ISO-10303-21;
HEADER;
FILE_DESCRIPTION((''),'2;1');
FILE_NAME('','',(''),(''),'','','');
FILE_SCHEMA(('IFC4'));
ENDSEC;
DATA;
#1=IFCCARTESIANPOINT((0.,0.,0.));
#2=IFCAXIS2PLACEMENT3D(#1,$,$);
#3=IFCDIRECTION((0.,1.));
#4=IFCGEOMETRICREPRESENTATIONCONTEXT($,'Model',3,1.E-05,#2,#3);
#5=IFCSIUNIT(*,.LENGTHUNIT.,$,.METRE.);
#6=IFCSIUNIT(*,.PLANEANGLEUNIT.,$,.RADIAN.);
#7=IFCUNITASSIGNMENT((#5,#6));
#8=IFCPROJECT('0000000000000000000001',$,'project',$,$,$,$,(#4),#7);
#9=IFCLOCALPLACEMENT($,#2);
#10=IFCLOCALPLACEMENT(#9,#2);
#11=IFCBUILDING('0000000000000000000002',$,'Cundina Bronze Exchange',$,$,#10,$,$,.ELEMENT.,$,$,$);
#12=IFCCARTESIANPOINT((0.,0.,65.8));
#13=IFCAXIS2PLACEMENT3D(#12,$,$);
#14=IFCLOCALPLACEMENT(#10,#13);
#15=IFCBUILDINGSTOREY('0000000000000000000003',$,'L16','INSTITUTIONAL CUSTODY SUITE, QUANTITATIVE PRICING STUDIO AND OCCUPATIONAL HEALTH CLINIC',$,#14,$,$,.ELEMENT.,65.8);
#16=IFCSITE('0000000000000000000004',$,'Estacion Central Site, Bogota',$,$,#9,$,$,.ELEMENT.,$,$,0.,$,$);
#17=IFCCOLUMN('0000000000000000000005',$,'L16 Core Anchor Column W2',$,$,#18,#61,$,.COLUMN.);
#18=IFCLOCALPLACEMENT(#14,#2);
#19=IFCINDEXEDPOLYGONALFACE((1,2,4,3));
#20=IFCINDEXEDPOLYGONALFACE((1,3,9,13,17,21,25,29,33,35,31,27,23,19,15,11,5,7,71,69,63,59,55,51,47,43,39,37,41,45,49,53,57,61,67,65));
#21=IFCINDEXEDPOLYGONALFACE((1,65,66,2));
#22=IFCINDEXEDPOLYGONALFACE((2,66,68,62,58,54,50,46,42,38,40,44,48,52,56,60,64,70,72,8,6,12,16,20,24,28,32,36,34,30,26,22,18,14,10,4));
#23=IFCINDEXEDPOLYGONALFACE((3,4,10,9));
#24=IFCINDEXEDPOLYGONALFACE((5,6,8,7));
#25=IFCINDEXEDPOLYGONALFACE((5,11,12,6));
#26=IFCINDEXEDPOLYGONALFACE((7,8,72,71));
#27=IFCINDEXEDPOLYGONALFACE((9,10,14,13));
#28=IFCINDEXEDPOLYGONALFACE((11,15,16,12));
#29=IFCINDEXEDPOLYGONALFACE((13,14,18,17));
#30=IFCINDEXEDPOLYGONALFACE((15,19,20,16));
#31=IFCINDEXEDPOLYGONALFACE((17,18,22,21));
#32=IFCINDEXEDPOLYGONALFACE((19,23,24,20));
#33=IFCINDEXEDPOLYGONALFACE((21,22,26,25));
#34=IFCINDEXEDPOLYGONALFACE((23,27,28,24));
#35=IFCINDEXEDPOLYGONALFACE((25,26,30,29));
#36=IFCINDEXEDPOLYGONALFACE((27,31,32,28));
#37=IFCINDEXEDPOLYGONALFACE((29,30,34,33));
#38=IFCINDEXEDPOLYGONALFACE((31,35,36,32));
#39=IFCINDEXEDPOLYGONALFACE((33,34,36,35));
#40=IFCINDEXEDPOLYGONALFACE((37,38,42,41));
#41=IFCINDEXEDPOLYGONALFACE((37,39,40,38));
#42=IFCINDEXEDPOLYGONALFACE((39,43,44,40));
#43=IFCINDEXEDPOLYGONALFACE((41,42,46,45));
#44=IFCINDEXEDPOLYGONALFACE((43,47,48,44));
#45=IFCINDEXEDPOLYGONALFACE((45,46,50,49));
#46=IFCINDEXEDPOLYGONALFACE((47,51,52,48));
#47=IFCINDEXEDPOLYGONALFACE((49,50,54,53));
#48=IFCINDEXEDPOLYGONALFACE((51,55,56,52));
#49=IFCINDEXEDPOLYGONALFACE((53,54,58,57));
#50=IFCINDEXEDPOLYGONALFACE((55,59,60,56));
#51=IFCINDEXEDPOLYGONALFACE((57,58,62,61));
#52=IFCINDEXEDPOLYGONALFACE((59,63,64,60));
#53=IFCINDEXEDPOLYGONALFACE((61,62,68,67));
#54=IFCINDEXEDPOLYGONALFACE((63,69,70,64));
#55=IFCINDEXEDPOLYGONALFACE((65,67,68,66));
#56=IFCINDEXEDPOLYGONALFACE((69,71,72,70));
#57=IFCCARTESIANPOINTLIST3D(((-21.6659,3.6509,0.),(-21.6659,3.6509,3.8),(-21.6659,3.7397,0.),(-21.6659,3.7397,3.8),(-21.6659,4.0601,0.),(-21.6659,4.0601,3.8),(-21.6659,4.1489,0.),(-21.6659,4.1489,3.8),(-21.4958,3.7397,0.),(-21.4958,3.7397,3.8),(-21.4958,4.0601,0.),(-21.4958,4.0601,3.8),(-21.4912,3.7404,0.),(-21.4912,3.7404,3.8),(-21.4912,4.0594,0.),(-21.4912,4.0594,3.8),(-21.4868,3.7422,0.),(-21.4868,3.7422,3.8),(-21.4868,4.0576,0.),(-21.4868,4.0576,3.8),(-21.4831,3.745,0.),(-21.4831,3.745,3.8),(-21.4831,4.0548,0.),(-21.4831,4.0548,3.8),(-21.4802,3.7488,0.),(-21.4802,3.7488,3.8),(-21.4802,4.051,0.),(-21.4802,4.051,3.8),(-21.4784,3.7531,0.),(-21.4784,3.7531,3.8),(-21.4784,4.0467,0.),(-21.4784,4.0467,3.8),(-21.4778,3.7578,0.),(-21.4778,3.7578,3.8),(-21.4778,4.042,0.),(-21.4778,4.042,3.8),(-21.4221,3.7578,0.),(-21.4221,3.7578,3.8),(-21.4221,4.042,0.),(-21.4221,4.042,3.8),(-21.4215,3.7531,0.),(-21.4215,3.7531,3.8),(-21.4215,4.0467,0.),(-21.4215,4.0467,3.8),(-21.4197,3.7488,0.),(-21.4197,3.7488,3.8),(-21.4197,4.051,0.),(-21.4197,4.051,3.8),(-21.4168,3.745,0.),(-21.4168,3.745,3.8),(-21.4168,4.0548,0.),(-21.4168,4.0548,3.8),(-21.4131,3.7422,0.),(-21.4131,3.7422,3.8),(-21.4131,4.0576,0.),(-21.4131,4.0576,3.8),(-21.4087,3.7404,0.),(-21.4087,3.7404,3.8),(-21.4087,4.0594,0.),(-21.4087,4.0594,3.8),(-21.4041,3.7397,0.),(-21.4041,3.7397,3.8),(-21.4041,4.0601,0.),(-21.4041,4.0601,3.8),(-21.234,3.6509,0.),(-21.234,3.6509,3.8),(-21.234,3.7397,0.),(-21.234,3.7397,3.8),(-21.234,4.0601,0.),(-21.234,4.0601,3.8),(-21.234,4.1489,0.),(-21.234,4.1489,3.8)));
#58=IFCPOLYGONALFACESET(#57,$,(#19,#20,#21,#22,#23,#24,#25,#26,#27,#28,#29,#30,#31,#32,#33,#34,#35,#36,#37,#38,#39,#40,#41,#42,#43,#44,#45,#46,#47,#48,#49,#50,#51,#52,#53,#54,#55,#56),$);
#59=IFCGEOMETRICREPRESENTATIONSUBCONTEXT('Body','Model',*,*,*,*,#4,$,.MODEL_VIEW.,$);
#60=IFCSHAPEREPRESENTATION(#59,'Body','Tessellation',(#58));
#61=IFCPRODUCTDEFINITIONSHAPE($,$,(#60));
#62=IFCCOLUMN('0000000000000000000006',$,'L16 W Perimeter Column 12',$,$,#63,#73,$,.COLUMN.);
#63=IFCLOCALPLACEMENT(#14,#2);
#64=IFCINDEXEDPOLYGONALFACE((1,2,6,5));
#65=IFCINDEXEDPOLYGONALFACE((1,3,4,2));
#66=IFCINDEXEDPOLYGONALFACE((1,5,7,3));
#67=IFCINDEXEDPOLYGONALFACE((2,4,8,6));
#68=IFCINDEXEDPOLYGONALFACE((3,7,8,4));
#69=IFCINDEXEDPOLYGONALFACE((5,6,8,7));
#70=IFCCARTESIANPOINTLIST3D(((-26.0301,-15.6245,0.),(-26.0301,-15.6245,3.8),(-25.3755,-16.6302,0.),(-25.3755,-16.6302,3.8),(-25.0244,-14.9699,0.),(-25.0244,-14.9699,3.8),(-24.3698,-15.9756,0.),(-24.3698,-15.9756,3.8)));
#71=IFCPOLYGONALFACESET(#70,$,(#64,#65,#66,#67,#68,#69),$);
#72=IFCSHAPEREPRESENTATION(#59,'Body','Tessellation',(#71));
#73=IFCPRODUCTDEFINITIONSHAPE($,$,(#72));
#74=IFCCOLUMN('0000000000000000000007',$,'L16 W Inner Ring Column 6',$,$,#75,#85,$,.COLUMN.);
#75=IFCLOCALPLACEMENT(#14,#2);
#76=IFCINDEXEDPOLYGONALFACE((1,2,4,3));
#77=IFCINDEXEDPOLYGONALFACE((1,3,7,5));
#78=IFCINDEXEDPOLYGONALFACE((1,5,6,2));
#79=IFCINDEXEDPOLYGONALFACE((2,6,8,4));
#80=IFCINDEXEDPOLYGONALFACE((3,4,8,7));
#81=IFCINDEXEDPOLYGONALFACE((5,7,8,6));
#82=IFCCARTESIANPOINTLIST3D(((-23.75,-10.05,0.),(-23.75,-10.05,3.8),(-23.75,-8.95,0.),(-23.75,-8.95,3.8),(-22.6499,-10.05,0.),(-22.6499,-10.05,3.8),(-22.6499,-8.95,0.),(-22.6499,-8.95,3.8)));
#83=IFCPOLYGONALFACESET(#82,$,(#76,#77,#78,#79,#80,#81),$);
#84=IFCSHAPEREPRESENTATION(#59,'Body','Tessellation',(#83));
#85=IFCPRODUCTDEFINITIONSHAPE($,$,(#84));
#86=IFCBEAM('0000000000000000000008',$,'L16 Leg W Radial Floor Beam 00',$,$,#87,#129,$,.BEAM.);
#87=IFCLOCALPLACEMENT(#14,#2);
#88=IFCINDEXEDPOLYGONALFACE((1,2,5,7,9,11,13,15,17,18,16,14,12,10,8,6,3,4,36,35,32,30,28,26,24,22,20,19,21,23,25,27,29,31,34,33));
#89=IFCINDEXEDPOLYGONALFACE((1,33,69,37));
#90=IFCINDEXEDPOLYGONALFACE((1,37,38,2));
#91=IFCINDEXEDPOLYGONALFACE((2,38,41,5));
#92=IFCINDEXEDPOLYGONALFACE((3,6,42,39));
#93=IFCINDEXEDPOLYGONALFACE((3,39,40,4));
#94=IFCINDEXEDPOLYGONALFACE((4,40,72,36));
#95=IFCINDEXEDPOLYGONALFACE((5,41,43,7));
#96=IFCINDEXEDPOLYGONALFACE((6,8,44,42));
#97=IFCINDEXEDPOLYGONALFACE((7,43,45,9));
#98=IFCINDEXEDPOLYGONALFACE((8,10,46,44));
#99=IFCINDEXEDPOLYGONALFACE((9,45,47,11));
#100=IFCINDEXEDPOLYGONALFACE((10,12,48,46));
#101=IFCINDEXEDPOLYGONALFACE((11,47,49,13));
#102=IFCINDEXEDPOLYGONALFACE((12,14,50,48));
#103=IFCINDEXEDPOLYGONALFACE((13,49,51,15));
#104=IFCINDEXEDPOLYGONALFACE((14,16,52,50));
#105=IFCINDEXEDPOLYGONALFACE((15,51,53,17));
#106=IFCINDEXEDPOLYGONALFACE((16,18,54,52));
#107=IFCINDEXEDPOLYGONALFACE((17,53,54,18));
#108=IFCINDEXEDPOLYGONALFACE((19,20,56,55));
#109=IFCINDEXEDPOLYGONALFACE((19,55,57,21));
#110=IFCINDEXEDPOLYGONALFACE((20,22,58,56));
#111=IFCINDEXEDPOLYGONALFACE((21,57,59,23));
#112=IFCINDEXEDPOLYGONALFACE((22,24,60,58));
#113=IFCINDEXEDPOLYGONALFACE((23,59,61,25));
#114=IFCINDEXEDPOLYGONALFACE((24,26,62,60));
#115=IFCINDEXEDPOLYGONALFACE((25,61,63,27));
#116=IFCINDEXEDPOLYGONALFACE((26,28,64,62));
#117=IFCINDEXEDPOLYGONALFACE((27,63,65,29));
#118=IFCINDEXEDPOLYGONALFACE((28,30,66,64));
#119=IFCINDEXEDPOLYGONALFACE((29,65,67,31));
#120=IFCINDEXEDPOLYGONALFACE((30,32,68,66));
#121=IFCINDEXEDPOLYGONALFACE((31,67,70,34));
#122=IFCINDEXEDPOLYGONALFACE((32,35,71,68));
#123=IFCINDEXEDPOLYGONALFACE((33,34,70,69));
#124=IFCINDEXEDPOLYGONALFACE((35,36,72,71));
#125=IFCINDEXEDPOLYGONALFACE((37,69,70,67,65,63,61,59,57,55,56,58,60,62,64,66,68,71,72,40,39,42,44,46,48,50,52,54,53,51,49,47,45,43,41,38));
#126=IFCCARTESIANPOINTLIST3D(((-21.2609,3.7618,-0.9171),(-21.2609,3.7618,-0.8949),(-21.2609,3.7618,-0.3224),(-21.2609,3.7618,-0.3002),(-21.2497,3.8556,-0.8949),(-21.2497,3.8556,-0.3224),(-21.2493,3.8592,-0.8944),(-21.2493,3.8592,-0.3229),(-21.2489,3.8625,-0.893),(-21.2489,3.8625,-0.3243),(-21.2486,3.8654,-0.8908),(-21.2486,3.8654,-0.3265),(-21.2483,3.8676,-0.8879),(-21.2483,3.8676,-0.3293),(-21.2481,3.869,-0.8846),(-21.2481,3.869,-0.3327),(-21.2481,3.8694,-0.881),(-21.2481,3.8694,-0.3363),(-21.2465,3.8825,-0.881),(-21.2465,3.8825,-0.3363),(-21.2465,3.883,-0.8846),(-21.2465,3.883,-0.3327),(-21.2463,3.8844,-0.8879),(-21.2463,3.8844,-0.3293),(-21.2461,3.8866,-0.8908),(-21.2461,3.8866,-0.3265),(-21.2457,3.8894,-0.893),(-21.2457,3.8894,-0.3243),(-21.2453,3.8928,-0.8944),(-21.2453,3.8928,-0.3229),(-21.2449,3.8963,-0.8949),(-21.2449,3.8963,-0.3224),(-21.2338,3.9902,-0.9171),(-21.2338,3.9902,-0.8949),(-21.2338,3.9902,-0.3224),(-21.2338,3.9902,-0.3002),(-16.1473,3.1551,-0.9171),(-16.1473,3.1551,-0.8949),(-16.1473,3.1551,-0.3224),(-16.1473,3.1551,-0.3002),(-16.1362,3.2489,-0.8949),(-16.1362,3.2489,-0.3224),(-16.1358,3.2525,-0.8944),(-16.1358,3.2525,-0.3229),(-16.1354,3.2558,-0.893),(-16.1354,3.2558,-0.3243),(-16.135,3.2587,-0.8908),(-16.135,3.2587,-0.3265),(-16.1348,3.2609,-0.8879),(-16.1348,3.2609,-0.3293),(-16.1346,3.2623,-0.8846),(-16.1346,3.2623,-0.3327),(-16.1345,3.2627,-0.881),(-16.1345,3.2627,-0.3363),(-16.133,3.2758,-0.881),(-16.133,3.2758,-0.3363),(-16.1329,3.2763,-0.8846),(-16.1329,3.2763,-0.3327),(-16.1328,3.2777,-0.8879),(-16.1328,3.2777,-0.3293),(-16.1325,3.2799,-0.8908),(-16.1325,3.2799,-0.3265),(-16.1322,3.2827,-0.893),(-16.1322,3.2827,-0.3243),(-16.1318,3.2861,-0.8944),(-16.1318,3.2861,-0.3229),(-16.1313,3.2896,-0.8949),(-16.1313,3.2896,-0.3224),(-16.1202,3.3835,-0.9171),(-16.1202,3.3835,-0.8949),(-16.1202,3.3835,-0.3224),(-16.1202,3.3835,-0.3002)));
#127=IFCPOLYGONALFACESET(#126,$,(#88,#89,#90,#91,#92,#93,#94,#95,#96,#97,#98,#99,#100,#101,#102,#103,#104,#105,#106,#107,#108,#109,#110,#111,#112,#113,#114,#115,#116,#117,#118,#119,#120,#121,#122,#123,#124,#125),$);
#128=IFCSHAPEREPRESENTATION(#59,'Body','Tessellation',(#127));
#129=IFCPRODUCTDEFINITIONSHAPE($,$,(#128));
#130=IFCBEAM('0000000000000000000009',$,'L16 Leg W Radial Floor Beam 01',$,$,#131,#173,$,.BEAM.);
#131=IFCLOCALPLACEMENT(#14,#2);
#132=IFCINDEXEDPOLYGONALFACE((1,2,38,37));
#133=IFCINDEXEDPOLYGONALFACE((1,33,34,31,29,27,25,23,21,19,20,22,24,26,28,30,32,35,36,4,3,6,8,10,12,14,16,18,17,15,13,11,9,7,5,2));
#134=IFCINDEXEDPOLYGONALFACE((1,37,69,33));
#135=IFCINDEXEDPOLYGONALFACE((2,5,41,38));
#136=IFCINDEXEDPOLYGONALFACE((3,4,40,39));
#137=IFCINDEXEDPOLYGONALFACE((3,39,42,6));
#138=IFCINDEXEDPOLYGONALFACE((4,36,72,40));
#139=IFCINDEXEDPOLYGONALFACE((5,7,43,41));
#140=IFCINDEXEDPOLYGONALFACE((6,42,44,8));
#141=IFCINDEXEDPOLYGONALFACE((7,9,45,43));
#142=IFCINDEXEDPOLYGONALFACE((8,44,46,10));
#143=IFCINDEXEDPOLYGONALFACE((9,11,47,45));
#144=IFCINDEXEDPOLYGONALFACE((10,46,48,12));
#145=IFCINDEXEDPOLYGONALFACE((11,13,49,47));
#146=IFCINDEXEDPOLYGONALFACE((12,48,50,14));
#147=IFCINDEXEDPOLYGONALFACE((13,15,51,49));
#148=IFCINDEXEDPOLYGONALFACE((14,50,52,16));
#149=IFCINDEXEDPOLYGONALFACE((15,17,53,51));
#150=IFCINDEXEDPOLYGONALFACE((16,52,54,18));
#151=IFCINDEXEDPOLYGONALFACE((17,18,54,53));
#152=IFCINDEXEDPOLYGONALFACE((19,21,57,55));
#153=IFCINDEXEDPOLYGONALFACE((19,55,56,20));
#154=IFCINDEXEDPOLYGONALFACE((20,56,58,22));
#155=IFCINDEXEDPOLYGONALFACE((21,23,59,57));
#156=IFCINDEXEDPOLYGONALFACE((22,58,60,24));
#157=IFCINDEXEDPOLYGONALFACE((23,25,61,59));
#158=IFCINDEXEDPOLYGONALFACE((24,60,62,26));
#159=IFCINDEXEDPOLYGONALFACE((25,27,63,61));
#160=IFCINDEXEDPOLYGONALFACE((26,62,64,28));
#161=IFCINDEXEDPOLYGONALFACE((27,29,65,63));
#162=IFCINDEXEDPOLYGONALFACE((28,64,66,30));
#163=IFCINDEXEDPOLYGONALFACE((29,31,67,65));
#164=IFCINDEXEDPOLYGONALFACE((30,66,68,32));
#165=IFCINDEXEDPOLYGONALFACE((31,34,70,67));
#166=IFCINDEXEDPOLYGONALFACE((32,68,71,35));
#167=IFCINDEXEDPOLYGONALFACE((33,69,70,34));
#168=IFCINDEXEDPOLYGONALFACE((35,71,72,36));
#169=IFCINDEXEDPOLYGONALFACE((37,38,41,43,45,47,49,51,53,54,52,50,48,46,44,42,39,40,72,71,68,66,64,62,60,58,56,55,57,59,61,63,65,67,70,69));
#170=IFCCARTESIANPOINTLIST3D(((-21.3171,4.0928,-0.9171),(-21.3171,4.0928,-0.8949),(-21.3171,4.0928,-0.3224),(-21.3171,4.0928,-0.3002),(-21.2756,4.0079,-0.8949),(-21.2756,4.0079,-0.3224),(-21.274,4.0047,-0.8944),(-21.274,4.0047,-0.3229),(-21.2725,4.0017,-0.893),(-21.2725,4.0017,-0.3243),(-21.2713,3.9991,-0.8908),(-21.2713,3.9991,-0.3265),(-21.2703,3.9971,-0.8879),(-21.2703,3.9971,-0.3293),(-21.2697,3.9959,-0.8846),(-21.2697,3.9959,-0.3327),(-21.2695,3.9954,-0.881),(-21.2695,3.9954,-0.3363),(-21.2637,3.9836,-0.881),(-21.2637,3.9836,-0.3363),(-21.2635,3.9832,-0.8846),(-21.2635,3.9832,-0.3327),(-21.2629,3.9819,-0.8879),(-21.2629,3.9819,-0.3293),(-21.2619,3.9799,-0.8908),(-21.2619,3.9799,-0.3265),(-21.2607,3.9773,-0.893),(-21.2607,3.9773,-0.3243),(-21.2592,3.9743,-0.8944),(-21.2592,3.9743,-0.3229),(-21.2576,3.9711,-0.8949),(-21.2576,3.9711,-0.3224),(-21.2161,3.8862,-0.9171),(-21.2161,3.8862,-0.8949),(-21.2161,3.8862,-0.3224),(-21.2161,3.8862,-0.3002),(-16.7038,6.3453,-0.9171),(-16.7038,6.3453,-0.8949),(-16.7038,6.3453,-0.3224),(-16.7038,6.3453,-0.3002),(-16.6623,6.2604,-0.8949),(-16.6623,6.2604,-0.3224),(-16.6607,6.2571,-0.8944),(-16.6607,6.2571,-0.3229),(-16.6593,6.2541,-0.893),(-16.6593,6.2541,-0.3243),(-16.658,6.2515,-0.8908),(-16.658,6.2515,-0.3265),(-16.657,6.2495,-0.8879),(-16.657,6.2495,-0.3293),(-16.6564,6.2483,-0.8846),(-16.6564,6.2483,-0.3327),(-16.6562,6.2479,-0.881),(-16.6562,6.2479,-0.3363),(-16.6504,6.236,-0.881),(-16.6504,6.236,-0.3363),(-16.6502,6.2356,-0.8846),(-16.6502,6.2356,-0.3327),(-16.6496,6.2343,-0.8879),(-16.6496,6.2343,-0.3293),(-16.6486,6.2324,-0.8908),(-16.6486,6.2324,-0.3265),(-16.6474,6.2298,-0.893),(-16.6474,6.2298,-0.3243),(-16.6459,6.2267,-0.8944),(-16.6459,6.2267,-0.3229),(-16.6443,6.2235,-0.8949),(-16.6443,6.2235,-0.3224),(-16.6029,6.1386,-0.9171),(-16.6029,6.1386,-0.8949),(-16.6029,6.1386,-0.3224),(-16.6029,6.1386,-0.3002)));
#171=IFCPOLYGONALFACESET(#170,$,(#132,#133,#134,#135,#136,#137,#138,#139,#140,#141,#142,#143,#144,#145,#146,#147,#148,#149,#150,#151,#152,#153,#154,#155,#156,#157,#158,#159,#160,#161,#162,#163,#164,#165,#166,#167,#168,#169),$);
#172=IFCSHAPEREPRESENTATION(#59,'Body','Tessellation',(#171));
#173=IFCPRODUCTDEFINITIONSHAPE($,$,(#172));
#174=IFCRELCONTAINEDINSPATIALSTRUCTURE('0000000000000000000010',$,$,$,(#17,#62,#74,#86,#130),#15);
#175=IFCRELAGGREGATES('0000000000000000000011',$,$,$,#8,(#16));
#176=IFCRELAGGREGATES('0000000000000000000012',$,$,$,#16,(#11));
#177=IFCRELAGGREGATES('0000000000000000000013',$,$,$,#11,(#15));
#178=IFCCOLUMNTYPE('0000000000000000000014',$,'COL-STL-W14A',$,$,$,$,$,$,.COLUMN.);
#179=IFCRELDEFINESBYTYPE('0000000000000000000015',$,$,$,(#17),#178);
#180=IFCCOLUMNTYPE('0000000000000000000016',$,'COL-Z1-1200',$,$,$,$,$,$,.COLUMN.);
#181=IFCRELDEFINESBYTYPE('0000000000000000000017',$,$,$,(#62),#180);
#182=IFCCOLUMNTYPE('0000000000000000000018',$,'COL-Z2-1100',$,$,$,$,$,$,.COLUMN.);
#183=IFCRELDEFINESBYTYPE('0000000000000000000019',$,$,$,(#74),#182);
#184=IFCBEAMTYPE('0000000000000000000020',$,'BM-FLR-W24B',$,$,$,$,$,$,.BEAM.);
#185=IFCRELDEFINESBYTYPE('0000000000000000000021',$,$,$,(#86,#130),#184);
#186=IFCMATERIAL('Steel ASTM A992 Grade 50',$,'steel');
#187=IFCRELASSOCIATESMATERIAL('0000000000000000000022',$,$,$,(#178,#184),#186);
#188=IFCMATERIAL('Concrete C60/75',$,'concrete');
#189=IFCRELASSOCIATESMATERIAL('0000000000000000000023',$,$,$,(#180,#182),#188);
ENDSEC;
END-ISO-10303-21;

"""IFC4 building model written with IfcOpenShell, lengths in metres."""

from ifc_helpers import new_model, si_unit, direction, frame, origin, origin_2d, place, context, subcontext, project, spatial, rectangle, i_section, extrude, material, material_profile, profile_set, type_object, element, save


model = new_model("IFC4")

# Units and contexts
model_context = context("Model", 3, precision=1e-05, world=origin(), true_north=direction((0.0, 1.0)))
body_context = subcontext(model_context, "Body", "Model", "MODEL_VIEW")
ifc_project = project(units=[si_unit("LENGTHUNIT", "METRE"), si_unit("PLANEANGLEUNIT", "RADIAN")], contexts=[model_context])

# Site, building, storey
site_placement = place(None, origin())
site = spatial("IfcSite", under=ifc_project, at=site_placement, Name="Estacion Central Site, Bogota", CompositionType="ELEMENT", RefElevation=0.0)
building_placement = place(site_placement, origin())
building = spatial("IfcBuilding", under=site, at=building_placement, Name="Cundina Bronze Exchange", CompositionType="ELEMENT")
storey_placement = place(building_placement, frame((0.0, 0.0, 65.8)))
storey = spatial("IfcBuildingStorey", under=building, at=storey_placement, Name="L16", Description="INSTITUTIONAL CUSTODY SUITE, QUANTITATIVE PRICING STUDIO AND OCCUPATIONAL HEALTH CLINIC", CompositionType="ELEMENT", Elevation=65.8)

# Columns
ifc_material_1 = material(Name="Steel ASTM A992 Grade 50", Category="steel")
ifc_material_profile_1 = material_profile(ifc_material_1, i_section(OverallWidth=0.4319, OverallDepth=0.498, WebThickness=0.0557, FlangeThickness=0.0889, FilletRadius=0.0181, at=origin_2d()), Name="W14X500", Category="steel")
ifc_profile_set_1 = profile_set([ifc_material_profile_1], Name="Steel ASTM A992 Grade 50")
column_type_1 = type_object("IfcColumnType", Name="COL-STL-W14A", PredefinedType="COLUMN", material=ifc_profile_set_1)
column_1_placement = place(storey_placement, frame((-21.45, 3.8999, 0.0), z_axis=(0.0, 0.0, 1.0), x_axis=(1.0, 0.0, 0.0)))
element("IfcColumn", 1, at=column_1_placement, inside=storey, type_object=column_type_1, Name="L16 Core Anchor Column W2", PredefinedType="COLUMN", context=body_context, shape_type="SweptSolid", body=[
    extrude(i_section(OverallWidth=0.4319, OverallDepth=0.498, WebThickness=0.0557, FlangeThickness=0.0889, FilletRadius=0.0181, at=origin_2d()), origin(), (0.0, 0.0, 1.0), 3.8),
])
ifc_material_2 = material(Name="Concrete C60/75", Category="concrete")
ifc_material_profile_2 = material_profile(ifc_material_2, rectangle(XDim=1.2, YDim=1.2, at=origin_2d()), Name="RC1200X1200", Category="concrete")
ifc_profile_set_2 = profile_set([ifc_material_profile_2], Name="Concrete C60/75")
column_type_2 = type_object("IfcColumnType", Name="COL-Z1-1200", PredefinedType="COLUMN", material=ifc_profile_set_2)
column_2_placement = place(storey_placement, frame((-25.2, -15.8, 0.0), z_axis=(0.0, 0.0, 1.0), x_axis=(0.8381, 0.545517, 0.0)))
element("IfcColumn", 2, at=column_2_placement, inside=storey, type_object=column_type_2, Name="L16 W Perimeter Column 12", PredefinedType="COLUMN", context=body_context, shape_type="SweptSolid", body=[
    extrude(rectangle(XDim=1.2, YDim=1.2, at=origin_2d()), origin(), (0.0, 0.0, 1.0), 3.8),
])
ifc_material_profile_3 = material_profile(ifc_material_2, rectangle(XDim=1.1001, YDim=1.1001, at=origin_2d()), Name="RC1100X1100", Category="concrete")
ifc_profile_set_3 = profile_set([ifc_material_profile_3], Name="Concrete C60/75")
column_type_3 = type_object("IfcColumnType", Name="COL-Z2-1100", PredefinedType="COLUMN", material=ifc_profile_set_3)
column_3_placement = place(storey_placement, frame((-23.2, -9.5, 0.0), z_axis=(0.0, 0.0, 1.0), x_axis=(1.0, 0.0, 0.0)))
element("IfcColumn", 3, at=column_3_placement, inside=storey, type_object=column_type_3, Name="L16 W Inner Ring Column 6", PredefinedType="COLUMN", context=body_context, shape_type="SweptSolid", body=[
    extrude(rectangle(XDim=1.1001, YDim=1.1001, at=origin_2d()), origin(), (0.0, 0.0, 1.0), 3.8),
])

# Beams
ifc_material_profile_4 = material_profile(ifc_material_1, i_section(OverallWidth=0.23, OverallDepth=0.6169, WebThickness=0.0132, FlangeThickness=0.0222, FilletRadius=0.0139, at=origin_2d()), Name="W24X94", Category="steel")
ifc_profile_set_4 = profile_set([ifc_material_profile_4], Name="Steel ASTM A992 Grade 50")
beam_type_1 = type_object("IfcBeamType", Name="BM-FLR-W24B", PredefinedType="BEAM", material=ifc_profile_set_4)
beam_1_placement = place(storey_placement, frame((-21.2473, 3.876, -0.6086), z_axis=(0.993035, -0.117818, 0.0), x_axis=(0.117818, 0.993035, 0.0)))
element("IfcBeam", 4, at=beam_1_placement, inside=storey, type_object=beam_type_1, Name="L16 Leg W Radial Floor Beam 00", PredefinedType="BEAM", context=body_context, shape_type="SweptSolid", body=[
    extrude(i_section(OverallWidth=0.23, OverallDepth=0.6169, WebThickness=0.0132, FlangeThickness=0.0222, FilletRadius=0.0139, at=origin_2d()), origin(), (0.0, 0.0, 1.0), 5.1494),
])
beam_2_placement = place(storey_placement, frame((-21.2666, 3.9895, -0.6086), z_axis=(0.89861, 0.438748, 0.0), x_axis=(-0.438748, 0.89861, 0.0)))
element("IfcBeam", 5, at=beam_2_placement, inside=storey, type_object=beam_type_1, Name="L16 Leg W Radial Floor Beam 01", PredefinedType="BEAM", context=body_context, shape_type="SweptSolid", body=[
    extrude(i_section(OverallWidth=0.23, OverallDepth=0.6169, WebThickness=0.0132, FlangeThickness=0.0222, FilletRadius=0.0139, at=origin_2d()), origin(), (0.0, 0.0, 1.0), 5.1338),
])

save(model, "model.ifc")
